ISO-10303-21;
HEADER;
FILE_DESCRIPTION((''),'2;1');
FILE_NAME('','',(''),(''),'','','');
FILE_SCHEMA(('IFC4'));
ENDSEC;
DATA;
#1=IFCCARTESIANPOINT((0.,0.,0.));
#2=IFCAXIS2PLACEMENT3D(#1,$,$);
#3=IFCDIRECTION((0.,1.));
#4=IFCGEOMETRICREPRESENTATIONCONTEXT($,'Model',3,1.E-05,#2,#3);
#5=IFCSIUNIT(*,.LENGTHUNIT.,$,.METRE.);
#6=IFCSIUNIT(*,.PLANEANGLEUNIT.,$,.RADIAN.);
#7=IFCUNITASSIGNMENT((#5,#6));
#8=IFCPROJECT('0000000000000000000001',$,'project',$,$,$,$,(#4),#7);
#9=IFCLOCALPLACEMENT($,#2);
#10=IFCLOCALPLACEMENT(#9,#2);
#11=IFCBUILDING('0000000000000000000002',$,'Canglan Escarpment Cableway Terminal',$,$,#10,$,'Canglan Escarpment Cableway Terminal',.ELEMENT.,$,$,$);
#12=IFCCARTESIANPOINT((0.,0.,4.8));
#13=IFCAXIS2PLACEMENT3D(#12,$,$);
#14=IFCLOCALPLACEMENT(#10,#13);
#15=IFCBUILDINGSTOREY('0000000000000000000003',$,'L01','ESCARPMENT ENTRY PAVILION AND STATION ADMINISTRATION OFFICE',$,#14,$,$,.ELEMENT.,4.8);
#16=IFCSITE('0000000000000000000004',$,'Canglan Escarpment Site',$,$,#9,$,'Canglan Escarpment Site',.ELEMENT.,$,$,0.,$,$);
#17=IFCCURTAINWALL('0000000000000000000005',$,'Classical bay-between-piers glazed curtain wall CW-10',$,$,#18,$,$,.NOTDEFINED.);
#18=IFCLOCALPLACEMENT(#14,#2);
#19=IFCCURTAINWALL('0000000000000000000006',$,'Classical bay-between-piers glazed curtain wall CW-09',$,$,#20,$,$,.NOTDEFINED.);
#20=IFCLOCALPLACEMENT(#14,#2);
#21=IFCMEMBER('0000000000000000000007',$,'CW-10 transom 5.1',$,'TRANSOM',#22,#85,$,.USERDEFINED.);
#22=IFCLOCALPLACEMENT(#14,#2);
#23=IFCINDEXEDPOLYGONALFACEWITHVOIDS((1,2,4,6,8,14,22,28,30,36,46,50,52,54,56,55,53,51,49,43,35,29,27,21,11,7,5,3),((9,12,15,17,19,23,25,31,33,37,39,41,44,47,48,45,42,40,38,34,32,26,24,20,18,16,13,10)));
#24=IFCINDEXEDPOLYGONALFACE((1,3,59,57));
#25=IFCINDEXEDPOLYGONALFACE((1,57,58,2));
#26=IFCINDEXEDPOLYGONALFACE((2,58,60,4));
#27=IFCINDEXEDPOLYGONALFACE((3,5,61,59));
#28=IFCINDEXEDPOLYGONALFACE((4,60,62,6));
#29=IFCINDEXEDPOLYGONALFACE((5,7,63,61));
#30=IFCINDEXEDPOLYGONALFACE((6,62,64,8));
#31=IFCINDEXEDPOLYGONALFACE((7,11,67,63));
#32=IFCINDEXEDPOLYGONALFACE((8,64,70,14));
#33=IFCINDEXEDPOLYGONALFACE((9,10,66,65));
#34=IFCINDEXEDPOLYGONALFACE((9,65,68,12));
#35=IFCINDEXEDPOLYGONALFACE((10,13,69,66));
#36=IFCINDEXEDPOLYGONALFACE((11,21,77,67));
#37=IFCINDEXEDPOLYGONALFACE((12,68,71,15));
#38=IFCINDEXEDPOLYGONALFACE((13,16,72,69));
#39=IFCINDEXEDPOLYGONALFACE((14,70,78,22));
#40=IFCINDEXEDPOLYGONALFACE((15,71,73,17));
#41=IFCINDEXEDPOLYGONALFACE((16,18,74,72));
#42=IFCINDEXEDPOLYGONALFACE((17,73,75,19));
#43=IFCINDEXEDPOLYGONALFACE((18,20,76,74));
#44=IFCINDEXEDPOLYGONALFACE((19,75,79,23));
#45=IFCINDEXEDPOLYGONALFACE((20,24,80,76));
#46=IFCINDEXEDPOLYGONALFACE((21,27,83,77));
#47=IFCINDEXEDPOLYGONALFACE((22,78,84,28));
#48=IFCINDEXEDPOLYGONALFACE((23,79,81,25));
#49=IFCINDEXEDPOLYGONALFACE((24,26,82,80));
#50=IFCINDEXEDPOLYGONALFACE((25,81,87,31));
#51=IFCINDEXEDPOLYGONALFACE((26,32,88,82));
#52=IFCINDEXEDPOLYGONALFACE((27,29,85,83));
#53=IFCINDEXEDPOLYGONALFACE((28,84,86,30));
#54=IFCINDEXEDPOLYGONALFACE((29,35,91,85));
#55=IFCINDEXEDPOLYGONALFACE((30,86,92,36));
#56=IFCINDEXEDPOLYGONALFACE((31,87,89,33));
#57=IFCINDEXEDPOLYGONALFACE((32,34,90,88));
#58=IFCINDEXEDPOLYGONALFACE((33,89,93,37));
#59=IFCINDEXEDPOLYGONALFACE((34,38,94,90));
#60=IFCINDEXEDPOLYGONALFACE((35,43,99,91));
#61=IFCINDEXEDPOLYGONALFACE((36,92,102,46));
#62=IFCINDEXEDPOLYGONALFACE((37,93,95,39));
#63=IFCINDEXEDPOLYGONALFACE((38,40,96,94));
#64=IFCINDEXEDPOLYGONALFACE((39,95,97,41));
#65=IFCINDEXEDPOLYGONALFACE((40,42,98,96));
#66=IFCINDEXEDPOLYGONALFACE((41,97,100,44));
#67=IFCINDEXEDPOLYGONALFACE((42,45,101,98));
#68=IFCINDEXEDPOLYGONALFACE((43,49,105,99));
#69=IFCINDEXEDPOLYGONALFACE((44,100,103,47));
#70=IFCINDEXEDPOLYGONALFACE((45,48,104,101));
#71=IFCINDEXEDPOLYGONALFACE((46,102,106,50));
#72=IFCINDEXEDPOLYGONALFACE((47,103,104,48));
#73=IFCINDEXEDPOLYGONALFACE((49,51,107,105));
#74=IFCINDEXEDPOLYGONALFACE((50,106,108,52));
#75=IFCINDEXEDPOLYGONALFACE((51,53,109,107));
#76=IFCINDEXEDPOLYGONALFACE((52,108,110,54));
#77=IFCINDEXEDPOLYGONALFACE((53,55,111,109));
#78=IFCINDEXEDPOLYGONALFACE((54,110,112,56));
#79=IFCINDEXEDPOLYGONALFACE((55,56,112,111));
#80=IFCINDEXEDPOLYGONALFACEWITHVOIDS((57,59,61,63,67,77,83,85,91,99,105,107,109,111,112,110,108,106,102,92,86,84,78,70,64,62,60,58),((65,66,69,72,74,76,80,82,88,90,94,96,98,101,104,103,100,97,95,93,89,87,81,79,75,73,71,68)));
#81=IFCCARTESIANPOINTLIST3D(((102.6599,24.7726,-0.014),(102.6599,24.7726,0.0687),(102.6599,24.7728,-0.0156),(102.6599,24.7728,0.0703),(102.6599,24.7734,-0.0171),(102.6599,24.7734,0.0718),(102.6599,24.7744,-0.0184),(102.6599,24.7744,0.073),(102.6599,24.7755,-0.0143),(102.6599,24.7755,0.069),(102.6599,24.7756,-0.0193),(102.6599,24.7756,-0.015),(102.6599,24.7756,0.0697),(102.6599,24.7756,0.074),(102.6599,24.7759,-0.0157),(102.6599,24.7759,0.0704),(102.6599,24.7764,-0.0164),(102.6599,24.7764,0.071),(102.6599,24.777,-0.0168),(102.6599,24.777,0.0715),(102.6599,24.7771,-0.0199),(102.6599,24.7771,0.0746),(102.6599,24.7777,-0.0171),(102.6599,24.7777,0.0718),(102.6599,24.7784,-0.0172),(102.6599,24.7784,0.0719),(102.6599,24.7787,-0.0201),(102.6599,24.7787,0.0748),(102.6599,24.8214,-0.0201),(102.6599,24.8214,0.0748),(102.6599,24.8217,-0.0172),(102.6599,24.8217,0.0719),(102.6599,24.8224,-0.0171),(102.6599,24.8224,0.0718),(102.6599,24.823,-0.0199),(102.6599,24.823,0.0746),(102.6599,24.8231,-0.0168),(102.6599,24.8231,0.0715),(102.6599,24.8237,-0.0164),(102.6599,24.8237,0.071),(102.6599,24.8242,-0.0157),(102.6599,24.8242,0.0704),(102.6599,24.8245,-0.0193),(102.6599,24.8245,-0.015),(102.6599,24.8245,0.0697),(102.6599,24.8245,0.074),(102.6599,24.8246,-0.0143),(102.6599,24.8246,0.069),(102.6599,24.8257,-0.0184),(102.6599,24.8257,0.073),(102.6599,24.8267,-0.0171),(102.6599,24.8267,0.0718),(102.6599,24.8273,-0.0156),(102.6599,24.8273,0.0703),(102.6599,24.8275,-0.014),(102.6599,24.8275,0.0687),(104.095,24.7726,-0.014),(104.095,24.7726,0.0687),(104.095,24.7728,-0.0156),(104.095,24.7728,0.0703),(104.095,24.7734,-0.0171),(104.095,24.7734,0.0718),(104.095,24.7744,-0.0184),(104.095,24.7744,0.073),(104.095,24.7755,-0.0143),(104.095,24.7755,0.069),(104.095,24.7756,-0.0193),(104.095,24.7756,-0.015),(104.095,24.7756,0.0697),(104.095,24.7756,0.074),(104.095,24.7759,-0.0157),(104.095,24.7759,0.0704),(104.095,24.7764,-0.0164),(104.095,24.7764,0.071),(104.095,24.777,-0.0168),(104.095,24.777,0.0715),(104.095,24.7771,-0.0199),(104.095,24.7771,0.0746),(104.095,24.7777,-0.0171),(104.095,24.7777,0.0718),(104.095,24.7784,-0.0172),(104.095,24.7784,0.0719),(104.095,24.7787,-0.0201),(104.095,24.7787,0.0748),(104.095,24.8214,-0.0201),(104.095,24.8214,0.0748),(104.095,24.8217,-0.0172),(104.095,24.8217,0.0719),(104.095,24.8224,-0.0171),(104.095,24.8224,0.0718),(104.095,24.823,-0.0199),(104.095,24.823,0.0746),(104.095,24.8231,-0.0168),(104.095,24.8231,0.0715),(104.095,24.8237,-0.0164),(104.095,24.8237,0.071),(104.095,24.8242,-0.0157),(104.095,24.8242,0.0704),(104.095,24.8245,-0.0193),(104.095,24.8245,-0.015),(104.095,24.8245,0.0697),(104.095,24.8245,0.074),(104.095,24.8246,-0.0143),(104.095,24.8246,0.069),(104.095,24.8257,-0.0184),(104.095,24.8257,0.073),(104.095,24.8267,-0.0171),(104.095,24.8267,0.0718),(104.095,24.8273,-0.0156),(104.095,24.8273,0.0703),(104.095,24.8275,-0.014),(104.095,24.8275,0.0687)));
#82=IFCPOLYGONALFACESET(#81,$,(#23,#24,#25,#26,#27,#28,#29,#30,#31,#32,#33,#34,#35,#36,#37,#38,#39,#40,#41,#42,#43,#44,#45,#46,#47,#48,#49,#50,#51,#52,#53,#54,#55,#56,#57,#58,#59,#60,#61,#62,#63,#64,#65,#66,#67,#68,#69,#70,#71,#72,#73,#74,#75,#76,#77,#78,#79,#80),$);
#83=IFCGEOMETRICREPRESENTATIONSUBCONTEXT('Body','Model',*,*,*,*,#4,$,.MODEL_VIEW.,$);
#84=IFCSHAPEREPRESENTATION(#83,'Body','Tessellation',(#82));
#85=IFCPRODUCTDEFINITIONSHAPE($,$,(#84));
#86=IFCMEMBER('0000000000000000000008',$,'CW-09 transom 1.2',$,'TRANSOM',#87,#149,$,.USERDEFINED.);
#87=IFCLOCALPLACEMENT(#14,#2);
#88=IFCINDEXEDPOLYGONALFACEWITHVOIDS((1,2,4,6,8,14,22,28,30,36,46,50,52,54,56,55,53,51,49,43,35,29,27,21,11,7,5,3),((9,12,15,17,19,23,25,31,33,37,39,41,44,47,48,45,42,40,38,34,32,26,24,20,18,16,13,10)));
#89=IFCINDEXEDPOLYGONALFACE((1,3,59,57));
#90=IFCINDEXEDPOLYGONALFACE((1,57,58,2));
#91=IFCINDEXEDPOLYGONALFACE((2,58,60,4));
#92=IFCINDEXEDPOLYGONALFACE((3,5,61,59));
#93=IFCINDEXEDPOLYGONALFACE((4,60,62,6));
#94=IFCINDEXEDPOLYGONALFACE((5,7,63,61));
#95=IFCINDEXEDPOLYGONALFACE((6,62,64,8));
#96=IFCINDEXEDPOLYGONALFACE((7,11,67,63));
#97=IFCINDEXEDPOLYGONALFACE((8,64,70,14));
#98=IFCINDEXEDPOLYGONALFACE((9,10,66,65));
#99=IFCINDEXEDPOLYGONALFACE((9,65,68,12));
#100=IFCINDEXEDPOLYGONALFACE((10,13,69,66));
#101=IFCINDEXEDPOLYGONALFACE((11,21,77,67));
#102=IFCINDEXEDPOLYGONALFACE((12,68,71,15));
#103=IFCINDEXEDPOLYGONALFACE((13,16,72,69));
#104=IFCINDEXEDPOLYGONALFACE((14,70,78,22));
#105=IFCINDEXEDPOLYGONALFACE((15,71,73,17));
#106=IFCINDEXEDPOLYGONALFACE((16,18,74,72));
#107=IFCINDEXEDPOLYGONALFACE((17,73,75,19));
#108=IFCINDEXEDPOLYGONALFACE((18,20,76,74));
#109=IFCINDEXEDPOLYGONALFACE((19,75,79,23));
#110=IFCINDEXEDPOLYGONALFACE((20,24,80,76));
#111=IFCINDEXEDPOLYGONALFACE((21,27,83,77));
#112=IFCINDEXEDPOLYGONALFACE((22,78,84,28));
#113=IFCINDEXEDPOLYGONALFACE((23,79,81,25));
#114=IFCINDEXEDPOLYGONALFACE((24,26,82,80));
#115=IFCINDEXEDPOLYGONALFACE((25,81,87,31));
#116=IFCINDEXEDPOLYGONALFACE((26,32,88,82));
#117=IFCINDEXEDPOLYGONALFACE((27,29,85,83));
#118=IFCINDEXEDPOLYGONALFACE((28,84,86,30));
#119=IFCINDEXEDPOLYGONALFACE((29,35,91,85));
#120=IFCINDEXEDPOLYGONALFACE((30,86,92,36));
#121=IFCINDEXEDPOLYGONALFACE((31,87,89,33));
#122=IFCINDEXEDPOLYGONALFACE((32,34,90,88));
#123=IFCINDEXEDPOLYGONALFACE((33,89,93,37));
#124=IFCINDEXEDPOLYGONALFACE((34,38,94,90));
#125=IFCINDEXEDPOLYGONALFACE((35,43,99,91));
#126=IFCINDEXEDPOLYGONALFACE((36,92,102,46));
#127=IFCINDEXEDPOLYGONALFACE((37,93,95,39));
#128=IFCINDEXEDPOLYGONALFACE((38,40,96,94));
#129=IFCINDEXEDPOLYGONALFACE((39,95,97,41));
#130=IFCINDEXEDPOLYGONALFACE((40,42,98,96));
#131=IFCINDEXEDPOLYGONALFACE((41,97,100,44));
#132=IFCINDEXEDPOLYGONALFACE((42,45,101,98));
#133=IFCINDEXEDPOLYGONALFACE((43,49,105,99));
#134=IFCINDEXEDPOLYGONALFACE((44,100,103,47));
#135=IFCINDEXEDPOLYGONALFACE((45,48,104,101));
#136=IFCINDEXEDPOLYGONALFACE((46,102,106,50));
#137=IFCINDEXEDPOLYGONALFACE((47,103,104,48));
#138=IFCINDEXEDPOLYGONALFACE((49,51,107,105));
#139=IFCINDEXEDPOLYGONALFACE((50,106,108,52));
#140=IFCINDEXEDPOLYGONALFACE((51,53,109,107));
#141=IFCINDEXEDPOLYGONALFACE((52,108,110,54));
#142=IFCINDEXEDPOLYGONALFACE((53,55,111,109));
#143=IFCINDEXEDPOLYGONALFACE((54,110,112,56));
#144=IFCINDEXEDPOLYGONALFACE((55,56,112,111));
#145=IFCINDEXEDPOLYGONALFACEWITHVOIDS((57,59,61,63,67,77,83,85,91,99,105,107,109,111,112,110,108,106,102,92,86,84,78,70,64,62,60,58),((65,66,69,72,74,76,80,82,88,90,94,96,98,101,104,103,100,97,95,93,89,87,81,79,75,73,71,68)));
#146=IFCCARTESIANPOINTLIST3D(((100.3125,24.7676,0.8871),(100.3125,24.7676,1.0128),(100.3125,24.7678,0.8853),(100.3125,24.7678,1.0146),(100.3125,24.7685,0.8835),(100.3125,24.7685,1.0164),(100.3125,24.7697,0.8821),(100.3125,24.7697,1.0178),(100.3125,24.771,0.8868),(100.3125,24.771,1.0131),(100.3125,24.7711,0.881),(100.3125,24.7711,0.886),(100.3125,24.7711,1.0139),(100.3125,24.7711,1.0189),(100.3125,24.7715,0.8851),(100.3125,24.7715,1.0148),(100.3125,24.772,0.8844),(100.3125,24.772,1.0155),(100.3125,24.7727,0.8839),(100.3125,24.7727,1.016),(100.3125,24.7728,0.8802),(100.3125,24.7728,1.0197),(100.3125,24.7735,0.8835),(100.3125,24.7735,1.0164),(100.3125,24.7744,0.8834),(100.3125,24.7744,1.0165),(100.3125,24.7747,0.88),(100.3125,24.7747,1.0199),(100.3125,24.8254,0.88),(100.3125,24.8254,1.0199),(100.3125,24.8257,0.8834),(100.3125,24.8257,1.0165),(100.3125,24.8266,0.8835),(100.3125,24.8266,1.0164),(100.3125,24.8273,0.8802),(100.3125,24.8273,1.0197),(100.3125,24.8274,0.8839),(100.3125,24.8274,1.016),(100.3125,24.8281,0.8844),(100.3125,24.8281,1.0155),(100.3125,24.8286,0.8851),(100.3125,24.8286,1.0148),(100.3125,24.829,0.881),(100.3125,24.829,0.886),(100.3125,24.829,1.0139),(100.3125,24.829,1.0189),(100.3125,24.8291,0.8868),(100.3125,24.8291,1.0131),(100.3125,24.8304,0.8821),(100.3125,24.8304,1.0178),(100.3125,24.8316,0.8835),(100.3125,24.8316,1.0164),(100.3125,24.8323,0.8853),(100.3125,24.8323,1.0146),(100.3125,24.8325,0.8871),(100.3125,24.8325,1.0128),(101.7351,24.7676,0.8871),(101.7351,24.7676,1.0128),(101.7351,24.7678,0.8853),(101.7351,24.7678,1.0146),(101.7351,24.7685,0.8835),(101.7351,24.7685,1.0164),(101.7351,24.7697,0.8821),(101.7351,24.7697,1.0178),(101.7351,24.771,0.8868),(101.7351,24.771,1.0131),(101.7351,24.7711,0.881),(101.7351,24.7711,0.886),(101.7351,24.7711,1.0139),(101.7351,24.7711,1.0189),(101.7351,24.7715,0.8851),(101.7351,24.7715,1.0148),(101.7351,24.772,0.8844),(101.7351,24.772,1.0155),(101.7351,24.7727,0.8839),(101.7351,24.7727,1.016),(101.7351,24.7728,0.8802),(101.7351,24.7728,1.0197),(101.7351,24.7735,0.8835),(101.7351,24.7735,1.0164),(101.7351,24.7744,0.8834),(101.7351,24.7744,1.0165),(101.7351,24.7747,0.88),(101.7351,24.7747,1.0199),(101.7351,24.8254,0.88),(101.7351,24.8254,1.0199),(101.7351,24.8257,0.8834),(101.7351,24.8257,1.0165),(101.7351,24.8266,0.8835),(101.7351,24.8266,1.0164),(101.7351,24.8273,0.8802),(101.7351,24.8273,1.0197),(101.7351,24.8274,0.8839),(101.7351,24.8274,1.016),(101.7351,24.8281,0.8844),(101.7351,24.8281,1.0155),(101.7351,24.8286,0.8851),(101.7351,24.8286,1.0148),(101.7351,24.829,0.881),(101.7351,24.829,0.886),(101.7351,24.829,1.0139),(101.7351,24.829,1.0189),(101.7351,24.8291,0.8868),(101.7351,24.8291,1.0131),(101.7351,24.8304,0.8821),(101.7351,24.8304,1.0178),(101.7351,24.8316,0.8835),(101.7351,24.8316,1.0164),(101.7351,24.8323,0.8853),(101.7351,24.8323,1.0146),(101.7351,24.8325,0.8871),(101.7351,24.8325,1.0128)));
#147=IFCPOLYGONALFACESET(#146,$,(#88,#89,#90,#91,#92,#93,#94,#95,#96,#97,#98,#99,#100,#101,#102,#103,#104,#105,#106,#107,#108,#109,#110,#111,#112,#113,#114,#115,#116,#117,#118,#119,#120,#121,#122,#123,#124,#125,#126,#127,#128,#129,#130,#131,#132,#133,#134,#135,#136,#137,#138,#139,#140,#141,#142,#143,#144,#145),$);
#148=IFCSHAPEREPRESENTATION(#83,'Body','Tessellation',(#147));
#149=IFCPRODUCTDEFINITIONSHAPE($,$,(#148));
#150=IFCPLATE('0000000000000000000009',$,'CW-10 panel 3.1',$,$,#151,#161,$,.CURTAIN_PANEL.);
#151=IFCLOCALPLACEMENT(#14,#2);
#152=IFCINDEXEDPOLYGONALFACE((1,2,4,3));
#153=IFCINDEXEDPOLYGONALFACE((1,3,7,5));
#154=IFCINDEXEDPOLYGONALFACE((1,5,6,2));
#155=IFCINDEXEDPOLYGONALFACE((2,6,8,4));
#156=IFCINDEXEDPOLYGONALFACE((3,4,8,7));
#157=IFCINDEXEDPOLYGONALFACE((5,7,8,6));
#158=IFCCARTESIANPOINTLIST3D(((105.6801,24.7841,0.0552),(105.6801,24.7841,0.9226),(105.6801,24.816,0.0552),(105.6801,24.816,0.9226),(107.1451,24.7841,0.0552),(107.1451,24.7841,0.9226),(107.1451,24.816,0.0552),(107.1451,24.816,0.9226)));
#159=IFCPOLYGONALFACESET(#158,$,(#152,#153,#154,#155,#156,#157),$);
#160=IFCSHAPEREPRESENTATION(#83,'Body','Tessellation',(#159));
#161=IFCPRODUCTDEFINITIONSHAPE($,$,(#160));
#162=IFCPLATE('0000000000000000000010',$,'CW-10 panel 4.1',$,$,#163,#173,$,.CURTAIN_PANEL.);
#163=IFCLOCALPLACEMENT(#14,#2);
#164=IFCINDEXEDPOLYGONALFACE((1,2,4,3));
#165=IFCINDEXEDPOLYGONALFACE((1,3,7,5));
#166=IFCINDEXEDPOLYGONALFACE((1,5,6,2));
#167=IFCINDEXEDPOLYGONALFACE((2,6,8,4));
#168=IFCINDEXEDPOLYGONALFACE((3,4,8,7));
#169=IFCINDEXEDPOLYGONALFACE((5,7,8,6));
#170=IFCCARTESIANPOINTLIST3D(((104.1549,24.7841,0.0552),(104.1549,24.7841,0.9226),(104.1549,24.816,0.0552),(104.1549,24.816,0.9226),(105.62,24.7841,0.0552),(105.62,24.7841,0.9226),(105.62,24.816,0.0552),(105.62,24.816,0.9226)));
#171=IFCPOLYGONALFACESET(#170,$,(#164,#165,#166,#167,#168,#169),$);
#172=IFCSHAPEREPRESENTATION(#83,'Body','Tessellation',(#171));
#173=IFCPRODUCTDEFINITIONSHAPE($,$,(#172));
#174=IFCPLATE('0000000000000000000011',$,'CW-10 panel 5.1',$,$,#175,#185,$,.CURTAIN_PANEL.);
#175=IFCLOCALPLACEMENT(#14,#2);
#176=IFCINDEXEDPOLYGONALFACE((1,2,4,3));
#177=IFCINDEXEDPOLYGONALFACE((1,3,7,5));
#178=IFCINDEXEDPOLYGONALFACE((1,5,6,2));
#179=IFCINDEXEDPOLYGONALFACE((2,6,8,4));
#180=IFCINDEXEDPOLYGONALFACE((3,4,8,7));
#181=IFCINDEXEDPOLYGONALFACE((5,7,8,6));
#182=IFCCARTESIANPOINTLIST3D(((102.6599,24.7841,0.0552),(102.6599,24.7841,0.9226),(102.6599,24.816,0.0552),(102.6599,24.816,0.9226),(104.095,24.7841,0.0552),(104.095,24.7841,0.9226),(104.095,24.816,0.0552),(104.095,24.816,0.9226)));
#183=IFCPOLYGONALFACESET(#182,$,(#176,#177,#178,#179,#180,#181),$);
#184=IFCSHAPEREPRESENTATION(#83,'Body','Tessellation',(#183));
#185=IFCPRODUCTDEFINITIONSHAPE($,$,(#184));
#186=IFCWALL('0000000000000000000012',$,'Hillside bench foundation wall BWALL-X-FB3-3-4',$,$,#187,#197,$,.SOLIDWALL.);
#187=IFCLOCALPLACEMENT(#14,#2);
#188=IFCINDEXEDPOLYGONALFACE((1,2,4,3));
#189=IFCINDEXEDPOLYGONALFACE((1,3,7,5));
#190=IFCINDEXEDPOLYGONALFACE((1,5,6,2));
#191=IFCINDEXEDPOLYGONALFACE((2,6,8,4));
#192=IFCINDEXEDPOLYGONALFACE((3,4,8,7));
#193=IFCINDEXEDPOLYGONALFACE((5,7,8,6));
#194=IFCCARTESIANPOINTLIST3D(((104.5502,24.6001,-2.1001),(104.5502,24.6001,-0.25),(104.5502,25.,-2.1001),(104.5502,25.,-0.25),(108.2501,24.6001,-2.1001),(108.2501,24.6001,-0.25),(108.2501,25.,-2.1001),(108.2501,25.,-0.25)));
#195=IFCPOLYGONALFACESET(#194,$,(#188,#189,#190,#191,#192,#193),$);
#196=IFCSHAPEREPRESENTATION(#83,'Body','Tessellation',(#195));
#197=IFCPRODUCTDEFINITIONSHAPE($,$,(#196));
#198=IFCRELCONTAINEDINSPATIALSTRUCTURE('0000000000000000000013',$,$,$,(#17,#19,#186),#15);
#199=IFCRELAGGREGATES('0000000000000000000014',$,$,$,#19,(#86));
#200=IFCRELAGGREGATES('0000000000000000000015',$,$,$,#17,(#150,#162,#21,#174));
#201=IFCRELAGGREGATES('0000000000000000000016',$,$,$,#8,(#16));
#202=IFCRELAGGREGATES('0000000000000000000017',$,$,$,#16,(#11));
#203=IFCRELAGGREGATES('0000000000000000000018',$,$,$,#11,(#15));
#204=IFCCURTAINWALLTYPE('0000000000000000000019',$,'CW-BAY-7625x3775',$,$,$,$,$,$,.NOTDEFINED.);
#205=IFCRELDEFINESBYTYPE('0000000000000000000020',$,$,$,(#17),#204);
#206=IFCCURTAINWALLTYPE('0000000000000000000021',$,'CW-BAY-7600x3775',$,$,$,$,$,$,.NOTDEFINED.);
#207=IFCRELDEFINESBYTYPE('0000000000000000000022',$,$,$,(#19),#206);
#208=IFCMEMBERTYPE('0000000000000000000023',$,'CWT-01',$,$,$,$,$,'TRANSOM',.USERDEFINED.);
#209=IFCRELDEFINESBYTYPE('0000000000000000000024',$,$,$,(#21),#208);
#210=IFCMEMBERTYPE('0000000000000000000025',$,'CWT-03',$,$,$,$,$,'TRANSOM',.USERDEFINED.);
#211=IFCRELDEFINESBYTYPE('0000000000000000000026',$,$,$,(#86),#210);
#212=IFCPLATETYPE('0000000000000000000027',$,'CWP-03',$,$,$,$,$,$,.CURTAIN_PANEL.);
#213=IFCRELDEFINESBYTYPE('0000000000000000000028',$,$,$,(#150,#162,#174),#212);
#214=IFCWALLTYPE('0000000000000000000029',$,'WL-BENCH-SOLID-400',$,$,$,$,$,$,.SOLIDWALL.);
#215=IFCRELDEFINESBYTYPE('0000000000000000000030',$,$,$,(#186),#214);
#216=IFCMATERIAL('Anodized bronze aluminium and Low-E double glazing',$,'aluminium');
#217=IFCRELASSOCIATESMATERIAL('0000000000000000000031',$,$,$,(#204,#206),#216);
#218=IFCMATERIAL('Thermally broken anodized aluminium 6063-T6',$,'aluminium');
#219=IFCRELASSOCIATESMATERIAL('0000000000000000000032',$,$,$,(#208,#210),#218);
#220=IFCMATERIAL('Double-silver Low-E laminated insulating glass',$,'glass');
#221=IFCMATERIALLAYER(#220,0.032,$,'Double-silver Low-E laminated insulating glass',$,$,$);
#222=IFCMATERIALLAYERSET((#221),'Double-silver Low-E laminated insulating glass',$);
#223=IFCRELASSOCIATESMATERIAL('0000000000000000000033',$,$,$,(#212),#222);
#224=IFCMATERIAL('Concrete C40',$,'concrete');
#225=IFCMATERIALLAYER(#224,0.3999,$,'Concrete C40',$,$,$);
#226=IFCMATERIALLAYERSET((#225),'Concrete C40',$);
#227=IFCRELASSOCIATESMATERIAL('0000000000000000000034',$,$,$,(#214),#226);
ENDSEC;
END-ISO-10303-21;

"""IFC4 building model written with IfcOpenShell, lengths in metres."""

from ifc_helpers import new_model, si_unit, direction, frame, frame_2d, origin, origin_2d, place, context, subcontext, project, spatial, rectangle, hollow_rectangle, extrude, material, layer, layer_set, material_profile, profile_set, type_object, element, aggregate, save


model = new_model("IFC4")

# Units and contexts
model_context = context("Model", 3, precision=1e-05, world=origin(), true_north=direction((0.0, 1.0)))
body_context = subcontext(model_context, "Body", "Model", "MODEL_VIEW")
ifc_project = project(units=[si_unit("LENGTHUNIT", "METRE"), si_unit("PLANEANGLEUNIT", "RADIAN")], contexts=[model_context])

# Site, building, storey
site_placement = place(None, origin())
site = spatial("IfcSite", under=ifc_project, at=site_placement, Name="Canglan Escarpment Site", LongName="Canglan Escarpment Site", CompositionType="ELEMENT", RefElevation=0.0)
building_placement = place(site_placement, origin())
building = spatial("IfcBuilding", under=site, at=building_placement, Name="Canglan Escarpment Cableway Terminal", LongName="Canglan Escarpment Cableway Terminal", CompositionType="ELEMENT")
storey_placement = place(building_placement, frame((0.0, 0.0, 4.8)))
storey = spatial("IfcBuildingStorey", under=building, at=storey_placement, Name="L01", Description="ESCARPMENT ENTRY PAVILION AND STATION ADMINISTRATION OFFICE", CompositionType="ELEMENT", Elevation=4.8)

# Shared definitions
ifc_material_1 = material(Name="Concrete C40", Category="concrete")

# Curtain wall
ifc_material_2 = material(Name="Anodized bronze aluminium and Low-E double glazing", Category="aluminium")
curtain_wall_type_1 = type_object("IfcCurtainWallType", Name="CW-BAY-7625x3775", PredefinedType="NOTDEFINED", material=ifc_material_2)
curtain_wall_1_placement = place(storey_placement, origin())
curtain_wall_1 = element("IfcCurtainWall", 1, at=curtain_wall_1_placement, inside=storey, type_object=curtain_wall_type_1, Name="Classical bay-between-piers glazed curtain wall CW-10", PredefinedType="NOTDEFINED")
ifc_material_3 = material(Name="Thermally broken anodized aluminium 6063-T6", Category="aluminium")

# Curtain wall
curtain_wall_type_2 = type_object("IfcCurtainWallType", Name="CW-BAY-7600x3775", PredefinedType="NOTDEFINED", material=ifc_material_2)
curtain_wall_2_placement = place(storey_placement, origin())
curtain_wall_2 = element("IfcCurtainWall", 2, at=curtain_wall_2_placement, inside=storey, type_object=curtain_wall_type_2, Name="Classical bay-between-piers glazed curtain wall CW-09", PredefinedType="NOTDEFINED")

# Members
ifc_material_profile_1 = material_profile(ifc_material_3, hollow_rectangle(XDim=0.0549, YDim=0.095, WallThickness=0.0029, InnerFilletRadius=0.0029, OuterFilletRadius=0.0061, at=origin_2d()), Name="ALU-TRAN 55x95x3")
ifc_profile_set_1 = profile_set([ifc_material_profile_1], Name="Thermally broken anodized aluminium 6063-T6")
member_type_1 = type_object("IfcMemberType", Name="CWT-01", ElementType="TRANSOM", PredefinedType="USERDEFINED", material=ifc_profile_set_1)
member_1_placement = place(storey_placement, frame((104.095, 24.8, 0.0273), z_axis=(-1.0, 0.0, 0.0), x_axis=(0.0, -1.0, 0.0)))
member_1 = element("IfcMember", 3, at=member_1_placement, type_object=member_type_1, Name="CW-10 transom 5.1", ObjectType="TRANSOM", PredefinedType="USERDEFINED", context=body_context, shape_type="SweptSolid", body=[
    extrude(hollow_rectangle(XDim=0.0549, YDim=0.095, WallThickness=0.0029, InnerFilletRadius=0.0029, OuterFilletRadius=0.0061, at=origin_2d()), origin(), (0.0, 0.0, 1.0), 1.4351),
])
ifc_material_profile_2 = material_profile(ifc_material_3, hollow_rectangle(XDim=0.0649, YDim=0.1399, WallThickness=0.0034, InnerFilletRadius=0.0034, OuterFilletRadius=0.0071, at=origin_2d()), Name="ALU-TRAN 65x140x3.5")
ifc_profile_set_2 = profile_set([ifc_material_profile_2], Name="Thermally broken anodized aluminium 6063-T6")
member_type_2 = type_object("IfcMemberType", Name="CWT-03", ElementType="TRANSOM", PredefinedType="USERDEFINED", material=ifc_profile_set_2)
member_2_placement = place(storey_placement, frame((101.7351, 24.8, 0.95), z_axis=(-1.0, 0.0, 0.0), x_axis=(0.0, -1.0, 0.0)))
member_2 = element("IfcMember", 4, at=member_2_placement, type_object=member_type_2, Name="CW-09 transom 1.2", ObjectType="TRANSOM", PredefinedType="USERDEFINED", context=body_context, shape_type="SweptSolid", body=[
    extrude(hollow_rectangle(XDim=0.0649, YDim=0.1399, WallThickness=0.0034, InnerFilletRadius=0.0034, OuterFilletRadius=0.0071, at=origin_2d()), origin(), (0.0, 0.0, 1.0), 1.4226),
])
aggregate(curtain_wall_2, [member_2])

# Plates
ifc_material_4 = material(Name="Double-silver Low-E laminated insulating glass", Category="glass")
ifc_layer_1 = layer(ifc_material_4, 0.032, Name="Double-silver Low-E laminated insulating glass")
ifc_layer_set_1 = layer_set([ifc_layer_1], Name="Double-silver Low-E laminated insulating glass")
plate_type = type_object("IfcPlateType", Name="CWP-03", PredefinedType="CURTAIN_PANEL", material=ifc_layer_set_1)
plate_1_placement = place(storey_placement, frame((106.4126, 24.8, 0.0552), z_axis=(0.0, 0.0, 1.0), x_axis=(-1.0, 0.0, 0.0)))
plate_1 = element("IfcPlate", 5, at=plate_1_placement, type_object=plate_type, Name="CW-10 panel 3.1", PredefinedType="CURTAIN_PANEL", context=body_context, shape_type="SweptSolid", body=[
    extrude(rectangle(XDim=1.4651, YDim=0.032, at=origin_2d()), origin(), (0.0, 0.0, 1.0), 0.8674),
])
plate_2_placement = place(storey_placement, frame((104.8875, 24.8, 0.0552), z_axis=(0.0, 0.0, 1.0), x_axis=(-1.0, 0.0, 0.0)))
plate_2 = element("IfcPlate", 6, at=plate_2_placement, type_object=plate_type, Name="CW-10 panel 4.1", PredefinedType="CURTAIN_PANEL", context=body_context, shape_type="SweptSolid", body=[
    extrude(rectangle(XDim=1.4651, YDim=0.032, at=origin_2d()), origin(), (0.0, 0.0, 1.0), 0.8674),
])
plate_3_placement = place(storey_placement, frame((103.3774, 24.8, 0.0552), z_axis=(0.0, 0.0, 1.0), x_axis=(-1.0, 0.0, 0.0)))
plate_3 = element("IfcPlate", 7, at=plate_3_placement, type_object=plate_type, Name="CW-10 panel 5.1", PredefinedType="CURTAIN_PANEL", context=body_context, shape_type="SweptSolid", body=[
    extrude(rectangle(XDim=1.4351, YDim=0.032, at=origin_2d()), origin(), (0.0, 0.0, 1.0), 0.8674),
])
aggregate(curtain_wall_1, [plate_1, plate_2, member_1, plate_3])

# Wall
ifc_layer_2 = layer(ifc_material_1, 0.3999, Name="Concrete C40")
ifc_layer_set_2 = layer_set([ifc_layer_2], Name="Concrete C40")
wall_type = type_object("IfcWallType", Name="WL-BENCH-SOLID-400", PredefinedType="SOLIDWALL", material=ifc_layer_set_2)
wall_placement = place(storey_placement, frame((104.55, 24.8, -2.1001), z_axis=(0.0, 0.0, 1.0), x_axis=(1.0, 0.0, 0.0)))
element("IfcWall", 8, at=wall_placement, inside=storey, type_object=wall_type, Name="Hillside bench foundation wall BWALL-X-FB3-3-4", PredefinedType="SOLIDWALL", context=body_context, shape_type="SweptSolid", body=[
    extrude(rectangle(XDim=3.7, YDim=0.3999, at=frame_2d((1.8501, 0.0))), origin(), (0.0, 0.0, 1.0), 1.8501),
])

save(model, "model.ifc")
